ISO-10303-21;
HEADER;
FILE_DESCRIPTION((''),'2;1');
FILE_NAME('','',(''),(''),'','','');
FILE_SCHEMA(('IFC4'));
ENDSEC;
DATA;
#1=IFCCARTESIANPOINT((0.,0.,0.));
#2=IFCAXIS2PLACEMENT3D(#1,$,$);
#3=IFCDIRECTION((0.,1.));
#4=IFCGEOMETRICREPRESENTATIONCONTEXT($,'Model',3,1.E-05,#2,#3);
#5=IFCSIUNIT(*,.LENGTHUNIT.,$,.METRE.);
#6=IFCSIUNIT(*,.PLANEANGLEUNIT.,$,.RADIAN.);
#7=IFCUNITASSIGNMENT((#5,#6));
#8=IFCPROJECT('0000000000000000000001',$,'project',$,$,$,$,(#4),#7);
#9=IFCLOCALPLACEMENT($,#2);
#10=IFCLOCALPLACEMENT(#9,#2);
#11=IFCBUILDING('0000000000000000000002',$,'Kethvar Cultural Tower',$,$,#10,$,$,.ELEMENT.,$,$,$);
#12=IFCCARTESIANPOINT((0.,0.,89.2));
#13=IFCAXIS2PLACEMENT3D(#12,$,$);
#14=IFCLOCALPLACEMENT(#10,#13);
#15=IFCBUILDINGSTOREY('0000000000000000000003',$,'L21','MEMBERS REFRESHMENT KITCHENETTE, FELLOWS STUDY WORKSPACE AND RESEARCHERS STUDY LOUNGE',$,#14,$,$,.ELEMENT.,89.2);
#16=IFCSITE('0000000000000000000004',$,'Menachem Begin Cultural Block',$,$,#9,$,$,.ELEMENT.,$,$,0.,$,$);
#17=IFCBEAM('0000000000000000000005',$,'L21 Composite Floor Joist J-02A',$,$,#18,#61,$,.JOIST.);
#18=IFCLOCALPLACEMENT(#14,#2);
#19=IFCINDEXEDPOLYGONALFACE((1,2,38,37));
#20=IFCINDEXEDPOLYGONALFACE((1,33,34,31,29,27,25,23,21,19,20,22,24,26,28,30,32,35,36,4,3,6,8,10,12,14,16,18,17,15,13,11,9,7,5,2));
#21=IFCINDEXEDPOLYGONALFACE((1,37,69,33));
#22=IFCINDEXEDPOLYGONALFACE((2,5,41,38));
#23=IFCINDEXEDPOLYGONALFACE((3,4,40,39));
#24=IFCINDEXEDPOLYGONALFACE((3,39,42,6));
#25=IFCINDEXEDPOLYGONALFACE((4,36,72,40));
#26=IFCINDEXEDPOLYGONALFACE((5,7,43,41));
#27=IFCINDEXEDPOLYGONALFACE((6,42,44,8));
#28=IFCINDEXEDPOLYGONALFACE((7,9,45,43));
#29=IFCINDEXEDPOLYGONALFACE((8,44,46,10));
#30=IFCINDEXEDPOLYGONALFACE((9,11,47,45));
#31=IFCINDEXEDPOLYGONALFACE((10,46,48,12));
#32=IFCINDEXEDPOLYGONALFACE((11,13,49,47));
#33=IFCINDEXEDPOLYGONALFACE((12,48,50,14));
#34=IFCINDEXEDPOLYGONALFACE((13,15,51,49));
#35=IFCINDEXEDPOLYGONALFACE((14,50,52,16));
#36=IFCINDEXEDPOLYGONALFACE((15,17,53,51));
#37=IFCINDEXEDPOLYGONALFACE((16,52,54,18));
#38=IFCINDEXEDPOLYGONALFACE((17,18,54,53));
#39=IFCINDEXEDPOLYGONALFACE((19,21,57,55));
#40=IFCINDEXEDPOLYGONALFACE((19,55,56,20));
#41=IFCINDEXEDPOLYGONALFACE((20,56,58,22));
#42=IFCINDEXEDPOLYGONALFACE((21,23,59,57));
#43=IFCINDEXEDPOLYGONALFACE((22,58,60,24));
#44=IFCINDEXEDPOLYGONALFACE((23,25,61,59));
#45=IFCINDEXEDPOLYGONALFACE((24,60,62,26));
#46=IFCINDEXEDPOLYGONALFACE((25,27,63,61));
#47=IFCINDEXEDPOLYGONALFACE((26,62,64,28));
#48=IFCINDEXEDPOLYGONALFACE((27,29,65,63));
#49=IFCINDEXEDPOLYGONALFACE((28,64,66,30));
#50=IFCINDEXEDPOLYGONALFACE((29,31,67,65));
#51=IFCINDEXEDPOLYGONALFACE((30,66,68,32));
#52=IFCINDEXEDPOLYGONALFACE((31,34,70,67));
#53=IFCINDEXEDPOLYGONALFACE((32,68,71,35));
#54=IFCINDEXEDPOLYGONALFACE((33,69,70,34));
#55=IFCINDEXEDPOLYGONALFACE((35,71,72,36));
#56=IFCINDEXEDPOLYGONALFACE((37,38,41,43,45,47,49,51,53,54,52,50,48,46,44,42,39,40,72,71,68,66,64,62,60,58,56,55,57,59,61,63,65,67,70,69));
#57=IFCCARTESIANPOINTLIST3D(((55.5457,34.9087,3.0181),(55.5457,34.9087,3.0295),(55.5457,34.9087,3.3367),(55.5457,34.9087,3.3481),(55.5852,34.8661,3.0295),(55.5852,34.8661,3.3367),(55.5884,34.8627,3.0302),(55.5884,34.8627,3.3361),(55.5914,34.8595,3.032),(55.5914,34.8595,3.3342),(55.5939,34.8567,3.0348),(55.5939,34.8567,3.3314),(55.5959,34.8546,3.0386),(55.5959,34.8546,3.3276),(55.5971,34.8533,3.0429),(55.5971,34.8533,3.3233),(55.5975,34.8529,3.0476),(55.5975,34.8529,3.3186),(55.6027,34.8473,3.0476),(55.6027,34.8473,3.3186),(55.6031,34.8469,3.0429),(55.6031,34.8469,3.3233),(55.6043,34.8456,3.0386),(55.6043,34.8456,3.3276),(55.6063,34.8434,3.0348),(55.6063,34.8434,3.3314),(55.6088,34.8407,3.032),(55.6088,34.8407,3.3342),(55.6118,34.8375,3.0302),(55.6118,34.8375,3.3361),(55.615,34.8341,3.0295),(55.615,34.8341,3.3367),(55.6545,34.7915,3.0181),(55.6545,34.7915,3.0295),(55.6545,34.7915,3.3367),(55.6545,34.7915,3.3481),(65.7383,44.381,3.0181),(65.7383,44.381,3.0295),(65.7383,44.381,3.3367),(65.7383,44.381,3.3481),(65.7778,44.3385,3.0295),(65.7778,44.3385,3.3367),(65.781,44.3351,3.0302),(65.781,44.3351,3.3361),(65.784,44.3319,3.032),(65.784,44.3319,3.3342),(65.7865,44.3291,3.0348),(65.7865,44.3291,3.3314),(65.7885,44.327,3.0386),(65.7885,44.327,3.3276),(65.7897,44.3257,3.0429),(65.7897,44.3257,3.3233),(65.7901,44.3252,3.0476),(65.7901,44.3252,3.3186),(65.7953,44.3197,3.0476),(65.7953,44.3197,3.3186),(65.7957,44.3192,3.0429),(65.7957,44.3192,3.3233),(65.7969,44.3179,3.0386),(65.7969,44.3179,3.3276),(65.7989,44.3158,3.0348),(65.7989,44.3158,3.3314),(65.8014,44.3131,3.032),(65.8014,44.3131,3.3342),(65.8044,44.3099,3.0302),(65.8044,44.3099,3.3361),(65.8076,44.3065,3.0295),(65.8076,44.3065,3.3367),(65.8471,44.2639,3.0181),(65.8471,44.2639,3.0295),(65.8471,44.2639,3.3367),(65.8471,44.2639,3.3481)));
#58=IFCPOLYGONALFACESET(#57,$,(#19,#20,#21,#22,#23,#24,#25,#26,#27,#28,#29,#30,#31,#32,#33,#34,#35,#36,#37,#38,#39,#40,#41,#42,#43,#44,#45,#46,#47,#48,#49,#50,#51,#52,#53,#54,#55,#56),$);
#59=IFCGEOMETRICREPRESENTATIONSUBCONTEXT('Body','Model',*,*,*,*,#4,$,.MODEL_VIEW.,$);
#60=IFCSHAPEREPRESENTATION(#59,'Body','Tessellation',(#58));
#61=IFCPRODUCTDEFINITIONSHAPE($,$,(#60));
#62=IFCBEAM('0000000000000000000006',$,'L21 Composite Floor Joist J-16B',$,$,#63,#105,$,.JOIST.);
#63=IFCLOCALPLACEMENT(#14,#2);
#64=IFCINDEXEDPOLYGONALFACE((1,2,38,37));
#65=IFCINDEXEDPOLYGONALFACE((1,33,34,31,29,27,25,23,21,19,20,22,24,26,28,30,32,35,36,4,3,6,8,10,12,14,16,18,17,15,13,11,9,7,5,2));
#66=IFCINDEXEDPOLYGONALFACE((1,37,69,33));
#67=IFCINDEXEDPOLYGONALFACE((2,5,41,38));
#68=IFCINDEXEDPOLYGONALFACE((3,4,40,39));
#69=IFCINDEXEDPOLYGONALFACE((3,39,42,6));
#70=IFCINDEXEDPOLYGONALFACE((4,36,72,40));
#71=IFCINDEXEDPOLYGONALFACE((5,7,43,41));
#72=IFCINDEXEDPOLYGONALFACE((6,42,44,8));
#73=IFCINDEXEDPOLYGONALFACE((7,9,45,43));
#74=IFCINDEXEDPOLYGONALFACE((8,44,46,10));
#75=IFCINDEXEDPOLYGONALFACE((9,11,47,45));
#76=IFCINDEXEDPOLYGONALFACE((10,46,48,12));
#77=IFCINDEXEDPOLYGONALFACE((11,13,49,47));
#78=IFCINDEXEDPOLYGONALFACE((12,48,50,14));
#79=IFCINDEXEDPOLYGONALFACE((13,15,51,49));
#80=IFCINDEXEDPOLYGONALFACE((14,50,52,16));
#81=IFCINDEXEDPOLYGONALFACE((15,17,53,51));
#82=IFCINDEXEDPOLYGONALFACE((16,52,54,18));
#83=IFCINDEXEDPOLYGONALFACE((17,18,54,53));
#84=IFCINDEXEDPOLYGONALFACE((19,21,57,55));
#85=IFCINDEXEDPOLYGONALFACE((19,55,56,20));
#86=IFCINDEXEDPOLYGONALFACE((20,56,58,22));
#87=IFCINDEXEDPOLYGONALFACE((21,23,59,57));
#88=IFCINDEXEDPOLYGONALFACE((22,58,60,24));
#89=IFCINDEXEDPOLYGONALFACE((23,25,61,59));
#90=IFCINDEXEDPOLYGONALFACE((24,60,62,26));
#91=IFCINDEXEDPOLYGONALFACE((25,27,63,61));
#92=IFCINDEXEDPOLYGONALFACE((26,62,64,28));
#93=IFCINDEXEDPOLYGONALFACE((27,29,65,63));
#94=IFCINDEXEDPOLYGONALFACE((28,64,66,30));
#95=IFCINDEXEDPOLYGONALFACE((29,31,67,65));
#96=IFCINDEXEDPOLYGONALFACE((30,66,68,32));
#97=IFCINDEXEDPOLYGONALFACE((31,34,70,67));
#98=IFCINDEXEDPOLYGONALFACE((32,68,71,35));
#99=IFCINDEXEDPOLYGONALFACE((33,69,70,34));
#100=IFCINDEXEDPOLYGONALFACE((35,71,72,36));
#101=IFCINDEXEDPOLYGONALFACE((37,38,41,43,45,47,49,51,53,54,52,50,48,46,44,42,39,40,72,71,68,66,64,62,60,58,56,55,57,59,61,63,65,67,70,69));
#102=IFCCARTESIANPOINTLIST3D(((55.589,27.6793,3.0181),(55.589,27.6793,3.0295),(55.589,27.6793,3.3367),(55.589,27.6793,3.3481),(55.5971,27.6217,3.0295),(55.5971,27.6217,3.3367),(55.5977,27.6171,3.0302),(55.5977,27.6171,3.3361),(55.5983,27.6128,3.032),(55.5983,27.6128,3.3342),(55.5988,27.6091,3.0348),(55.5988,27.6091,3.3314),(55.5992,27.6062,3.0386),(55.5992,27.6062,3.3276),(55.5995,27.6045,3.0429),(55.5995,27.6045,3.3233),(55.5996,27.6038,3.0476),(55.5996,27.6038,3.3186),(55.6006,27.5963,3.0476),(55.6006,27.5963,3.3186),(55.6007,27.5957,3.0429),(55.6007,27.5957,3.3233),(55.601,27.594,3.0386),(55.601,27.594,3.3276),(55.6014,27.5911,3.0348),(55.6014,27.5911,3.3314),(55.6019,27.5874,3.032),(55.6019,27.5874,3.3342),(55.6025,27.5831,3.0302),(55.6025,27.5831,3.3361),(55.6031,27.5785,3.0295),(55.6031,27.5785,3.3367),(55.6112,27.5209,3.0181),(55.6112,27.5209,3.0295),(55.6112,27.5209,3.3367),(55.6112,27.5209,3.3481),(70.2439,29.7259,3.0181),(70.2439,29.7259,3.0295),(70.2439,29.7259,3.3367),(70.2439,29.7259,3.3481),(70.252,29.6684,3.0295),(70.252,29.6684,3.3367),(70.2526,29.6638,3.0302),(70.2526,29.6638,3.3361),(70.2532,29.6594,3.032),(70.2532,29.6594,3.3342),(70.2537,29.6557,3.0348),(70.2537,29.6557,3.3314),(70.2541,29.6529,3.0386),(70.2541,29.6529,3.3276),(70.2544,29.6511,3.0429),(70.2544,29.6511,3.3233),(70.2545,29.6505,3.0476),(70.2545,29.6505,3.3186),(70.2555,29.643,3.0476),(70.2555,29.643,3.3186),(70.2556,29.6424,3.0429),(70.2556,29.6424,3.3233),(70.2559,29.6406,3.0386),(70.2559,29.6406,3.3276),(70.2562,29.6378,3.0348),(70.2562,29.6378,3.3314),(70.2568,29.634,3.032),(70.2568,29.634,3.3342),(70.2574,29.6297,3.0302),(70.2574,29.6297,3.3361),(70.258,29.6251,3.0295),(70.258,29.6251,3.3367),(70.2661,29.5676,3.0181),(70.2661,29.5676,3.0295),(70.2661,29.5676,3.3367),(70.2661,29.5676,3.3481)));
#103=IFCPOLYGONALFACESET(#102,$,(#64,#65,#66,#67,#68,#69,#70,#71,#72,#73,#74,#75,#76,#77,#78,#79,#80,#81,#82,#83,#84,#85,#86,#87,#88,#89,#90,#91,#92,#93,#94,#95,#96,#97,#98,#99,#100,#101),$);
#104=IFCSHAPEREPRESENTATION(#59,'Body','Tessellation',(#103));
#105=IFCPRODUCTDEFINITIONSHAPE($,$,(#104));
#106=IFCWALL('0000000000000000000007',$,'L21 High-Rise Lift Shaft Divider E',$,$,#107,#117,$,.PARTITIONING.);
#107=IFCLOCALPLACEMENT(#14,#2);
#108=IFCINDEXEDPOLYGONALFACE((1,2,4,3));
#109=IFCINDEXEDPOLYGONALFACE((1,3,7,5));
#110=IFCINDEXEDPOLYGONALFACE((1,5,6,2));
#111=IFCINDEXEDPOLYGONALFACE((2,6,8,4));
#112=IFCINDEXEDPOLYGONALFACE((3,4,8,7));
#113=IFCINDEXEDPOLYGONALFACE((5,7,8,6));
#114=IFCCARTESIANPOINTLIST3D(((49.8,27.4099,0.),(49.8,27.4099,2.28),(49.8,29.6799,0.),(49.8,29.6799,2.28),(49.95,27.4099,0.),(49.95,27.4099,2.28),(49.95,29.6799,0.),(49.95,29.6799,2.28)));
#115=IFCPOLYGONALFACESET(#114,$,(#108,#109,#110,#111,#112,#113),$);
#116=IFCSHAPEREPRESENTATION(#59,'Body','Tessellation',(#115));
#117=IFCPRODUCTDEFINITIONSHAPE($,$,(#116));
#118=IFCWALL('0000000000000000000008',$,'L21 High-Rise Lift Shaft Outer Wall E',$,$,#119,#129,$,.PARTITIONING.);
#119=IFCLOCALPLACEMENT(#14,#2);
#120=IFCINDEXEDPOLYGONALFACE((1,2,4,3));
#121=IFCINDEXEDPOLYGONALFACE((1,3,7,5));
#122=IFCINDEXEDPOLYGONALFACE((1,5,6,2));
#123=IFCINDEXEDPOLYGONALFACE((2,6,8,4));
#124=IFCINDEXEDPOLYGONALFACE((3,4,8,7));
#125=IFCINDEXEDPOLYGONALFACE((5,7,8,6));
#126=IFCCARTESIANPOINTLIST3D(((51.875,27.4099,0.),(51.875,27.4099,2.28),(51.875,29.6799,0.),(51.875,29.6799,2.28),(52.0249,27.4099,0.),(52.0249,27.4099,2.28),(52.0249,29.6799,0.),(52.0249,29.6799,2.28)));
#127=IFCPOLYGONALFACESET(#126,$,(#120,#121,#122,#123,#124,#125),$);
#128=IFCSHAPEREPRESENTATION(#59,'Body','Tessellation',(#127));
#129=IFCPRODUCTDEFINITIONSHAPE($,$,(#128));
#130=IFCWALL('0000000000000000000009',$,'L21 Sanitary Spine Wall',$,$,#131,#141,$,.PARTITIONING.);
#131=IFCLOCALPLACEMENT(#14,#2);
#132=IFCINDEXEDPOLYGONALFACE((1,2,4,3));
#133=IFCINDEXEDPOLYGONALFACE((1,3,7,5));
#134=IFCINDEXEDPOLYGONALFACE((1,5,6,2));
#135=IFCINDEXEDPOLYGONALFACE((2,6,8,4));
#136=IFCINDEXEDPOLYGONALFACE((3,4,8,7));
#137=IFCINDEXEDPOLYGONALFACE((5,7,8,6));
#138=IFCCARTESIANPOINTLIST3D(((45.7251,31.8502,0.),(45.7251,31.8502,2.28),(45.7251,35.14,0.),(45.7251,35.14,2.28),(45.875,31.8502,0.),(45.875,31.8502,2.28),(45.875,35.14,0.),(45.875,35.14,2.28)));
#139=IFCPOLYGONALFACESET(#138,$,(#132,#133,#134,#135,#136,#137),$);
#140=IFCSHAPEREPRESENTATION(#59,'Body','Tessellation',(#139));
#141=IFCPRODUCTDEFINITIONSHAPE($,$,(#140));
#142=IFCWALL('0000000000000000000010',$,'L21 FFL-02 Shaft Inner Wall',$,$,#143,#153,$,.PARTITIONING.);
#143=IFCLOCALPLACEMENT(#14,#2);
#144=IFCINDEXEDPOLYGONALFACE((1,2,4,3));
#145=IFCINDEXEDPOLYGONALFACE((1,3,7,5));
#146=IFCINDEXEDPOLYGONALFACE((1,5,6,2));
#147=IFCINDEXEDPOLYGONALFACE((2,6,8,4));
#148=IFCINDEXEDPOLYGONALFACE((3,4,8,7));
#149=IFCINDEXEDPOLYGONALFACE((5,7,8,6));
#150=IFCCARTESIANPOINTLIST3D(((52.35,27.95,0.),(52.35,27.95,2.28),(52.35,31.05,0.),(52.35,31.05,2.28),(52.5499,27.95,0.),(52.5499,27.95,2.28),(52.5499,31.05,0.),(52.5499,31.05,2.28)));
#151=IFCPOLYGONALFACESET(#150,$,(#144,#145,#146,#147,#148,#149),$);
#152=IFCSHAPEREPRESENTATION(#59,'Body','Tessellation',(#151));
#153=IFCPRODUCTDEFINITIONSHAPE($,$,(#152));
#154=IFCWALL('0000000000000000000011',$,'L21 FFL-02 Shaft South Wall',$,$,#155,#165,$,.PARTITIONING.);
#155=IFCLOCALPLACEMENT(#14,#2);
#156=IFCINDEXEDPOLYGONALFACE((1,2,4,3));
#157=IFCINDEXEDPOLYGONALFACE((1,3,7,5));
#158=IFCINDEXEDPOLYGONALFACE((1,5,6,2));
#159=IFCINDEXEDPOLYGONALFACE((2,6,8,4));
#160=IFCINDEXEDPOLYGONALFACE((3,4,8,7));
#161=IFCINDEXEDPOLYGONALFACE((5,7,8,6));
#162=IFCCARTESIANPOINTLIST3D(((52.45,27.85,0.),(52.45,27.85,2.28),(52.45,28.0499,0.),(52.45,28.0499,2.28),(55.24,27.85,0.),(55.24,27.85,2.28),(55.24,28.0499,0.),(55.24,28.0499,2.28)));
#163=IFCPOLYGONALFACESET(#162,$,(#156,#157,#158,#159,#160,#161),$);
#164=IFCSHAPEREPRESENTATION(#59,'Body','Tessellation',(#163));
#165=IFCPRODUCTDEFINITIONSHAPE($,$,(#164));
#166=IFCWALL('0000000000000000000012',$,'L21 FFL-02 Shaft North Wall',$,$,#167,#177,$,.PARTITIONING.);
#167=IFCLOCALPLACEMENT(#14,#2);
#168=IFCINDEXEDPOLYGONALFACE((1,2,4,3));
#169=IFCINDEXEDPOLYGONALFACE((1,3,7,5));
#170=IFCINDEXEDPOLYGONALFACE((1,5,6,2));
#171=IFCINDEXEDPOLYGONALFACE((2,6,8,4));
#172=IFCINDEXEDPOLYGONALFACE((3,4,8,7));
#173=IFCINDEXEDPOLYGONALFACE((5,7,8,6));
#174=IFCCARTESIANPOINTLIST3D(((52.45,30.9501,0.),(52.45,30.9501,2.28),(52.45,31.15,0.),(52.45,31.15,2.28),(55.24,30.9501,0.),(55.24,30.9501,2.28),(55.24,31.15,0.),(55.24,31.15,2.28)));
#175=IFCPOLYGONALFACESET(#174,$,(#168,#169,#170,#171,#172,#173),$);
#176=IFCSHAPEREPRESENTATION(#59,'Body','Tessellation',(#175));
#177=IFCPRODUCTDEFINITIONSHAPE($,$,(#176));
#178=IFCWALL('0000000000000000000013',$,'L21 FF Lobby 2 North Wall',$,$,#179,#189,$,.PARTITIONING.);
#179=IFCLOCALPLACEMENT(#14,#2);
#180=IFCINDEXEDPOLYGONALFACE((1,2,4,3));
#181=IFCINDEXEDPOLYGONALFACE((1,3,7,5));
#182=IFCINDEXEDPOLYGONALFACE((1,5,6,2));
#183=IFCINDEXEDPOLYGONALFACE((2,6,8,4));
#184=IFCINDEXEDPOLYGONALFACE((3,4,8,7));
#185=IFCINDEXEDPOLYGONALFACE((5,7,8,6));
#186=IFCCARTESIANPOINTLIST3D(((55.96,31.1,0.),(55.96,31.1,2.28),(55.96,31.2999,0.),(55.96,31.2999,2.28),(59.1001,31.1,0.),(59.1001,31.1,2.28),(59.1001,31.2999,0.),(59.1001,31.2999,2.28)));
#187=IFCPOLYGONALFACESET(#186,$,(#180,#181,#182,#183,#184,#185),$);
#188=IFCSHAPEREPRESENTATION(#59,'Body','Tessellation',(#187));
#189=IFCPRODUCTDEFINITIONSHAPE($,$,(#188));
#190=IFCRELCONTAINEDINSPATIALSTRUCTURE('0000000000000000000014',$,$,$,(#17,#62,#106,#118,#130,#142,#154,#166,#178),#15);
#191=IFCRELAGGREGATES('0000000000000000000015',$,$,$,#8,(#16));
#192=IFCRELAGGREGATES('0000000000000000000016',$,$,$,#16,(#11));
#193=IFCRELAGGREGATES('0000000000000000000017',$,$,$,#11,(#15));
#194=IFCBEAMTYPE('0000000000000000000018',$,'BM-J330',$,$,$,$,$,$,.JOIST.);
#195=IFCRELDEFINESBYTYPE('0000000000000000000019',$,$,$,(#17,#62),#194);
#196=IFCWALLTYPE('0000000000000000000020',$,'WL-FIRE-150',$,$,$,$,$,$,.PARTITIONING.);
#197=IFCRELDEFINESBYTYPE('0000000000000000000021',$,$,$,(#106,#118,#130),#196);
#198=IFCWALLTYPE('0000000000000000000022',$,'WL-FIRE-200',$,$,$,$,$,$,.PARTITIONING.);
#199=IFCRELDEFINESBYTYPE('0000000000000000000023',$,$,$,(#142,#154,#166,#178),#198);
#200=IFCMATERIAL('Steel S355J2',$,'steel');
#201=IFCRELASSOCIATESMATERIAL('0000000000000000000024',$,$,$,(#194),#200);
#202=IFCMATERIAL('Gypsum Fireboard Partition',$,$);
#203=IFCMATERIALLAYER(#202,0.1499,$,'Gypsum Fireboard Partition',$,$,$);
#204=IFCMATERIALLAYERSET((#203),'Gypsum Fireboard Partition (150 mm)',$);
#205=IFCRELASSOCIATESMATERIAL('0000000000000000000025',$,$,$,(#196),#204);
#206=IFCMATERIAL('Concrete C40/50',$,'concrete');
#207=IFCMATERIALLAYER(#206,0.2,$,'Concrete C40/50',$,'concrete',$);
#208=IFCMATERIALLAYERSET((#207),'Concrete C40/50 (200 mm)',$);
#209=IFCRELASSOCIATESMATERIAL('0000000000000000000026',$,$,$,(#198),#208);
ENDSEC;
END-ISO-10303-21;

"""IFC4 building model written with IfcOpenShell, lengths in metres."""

from ifc_helpers import new_model, si_unit, direction, frame, frame_2d, origin, origin_2d, place, context, subcontext, project, spatial, rectangle, i_section, extrude, source, transform, mapped, material, layer, layer_set, material_profile, profile_set, type_object, element, save


model = new_model("IFC4")

# Units and contexts
model_context = context("Model", 3, precision=1e-05, world=origin(), true_north=direction((0.0, 1.0)))
body_context = subcontext(model_context, "Body", "Model", "MODEL_VIEW")
ifc_project = project(units=[si_unit("LENGTHUNIT", "METRE"), si_unit("PLANEANGLEUNIT", "RADIAN")], contexts=[model_context])

# Site, building, storey
site_placement = place(None, origin())
site = spatial("IfcSite", under=ifc_project, at=site_placement, Name="Menachem Begin Cultural Block", CompositionType="ELEMENT", RefElevation=0.0)
building_placement = place(site_placement, origin())
building = spatial("IfcBuilding", under=site, at=building_placement, Name="Kethvar Cultural Tower", CompositionType="ELEMENT")
storey_placement = place(building_placement, frame((0.0, 0.0, 89.2)))
storey = spatial("IfcBuildingStorey", under=building, at=storey_placement, Name="L21", Description="MEMBERS REFRESHMENT KITCHENETTE, FELLOWS STUDY WORKSPACE AND RESEARCHERS STUDY LOUNGE", CompositionType="ELEMENT", Elevation=89.2)

# Beams
ifc_material_1 = material(Name="Steel S355J2", Category="steel")
ifc_material_profile_1 = material_profile(ifc_material_1, i_section(OverallWidth=0.1599, OverallDepth=0.3301, WebThickness=0.0076, FlangeThickness=0.0115, FilletRadius=0.0181, at=origin_2d()), Name="Steel S355J2 — IPE330")
ifc_profile_set_1 = profile_set([ifc_material_profile_1], Name="Steel S355J2 — IPE330")
beam_type_1 = type_object("IfcBeamType", Name="BM-J330", PredefinedType="JOIST", material=ifc_profile_set_1)
shared_shape_1 = source(origin(), body_context, "Body", "SweptSolid", [
    extrude(i_section(OverallWidth=0.1599, OverallDepth=0.3301, WebThickness=0.0076, FlangeThickness=0.0115, FilletRadius=0.0181, at=origin_2d()), origin(), (0.0, 0.0, 1.0), 13.9146),
])
beam_1_placement = place(storey_placement, frame((55.6001, 34.8501, 3.1831), z_axis=(0.732513, 0.680753, 0.0), x_axis=(-0.680753, 0.732513, 0.0)))
element("IfcBeam", 1, at=beam_1_placement, inside=storey, type_object=beam_type_1, Name="L21 Composite Floor Joist J-02A", PredefinedType="JOIST", context=body_context, shape_type="MappedRepresentation", body=[
    mapped(shared_shape_1, transform((0.0, 0.0, 0.0), scale=1.0)),
])
shared_shape_2 = source(origin(), body_context, "Body", "SweptSolid", [
    extrude(i_section(OverallWidth=0.1599, OverallDepth=0.3301, WebThickness=0.0076, FlangeThickness=0.0115, FilletRadius=0.0181, at=origin_2d()), origin(), (0.0, 0.0, 1.0), 14.7971),
])
beam_2_placement = place(storey_placement, frame((55.6001, 27.6001, 3.1831), z_axis=(0.990388, 0.138314, 0.0), x_axis=(-0.138314, 0.990388, 0.0)))
element("IfcBeam", 2, at=beam_2_placement, inside=storey, type_object=beam_type_1, Name="L21 Composite Floor Joist J-16B", PredefinedType="JOIST", context=body_context, shape_type="MappedRepresentation", body=[
    mapped(shared_shape_2, transform((0.0, 0.0, 0.0), scale=1.0)),
])

# Walls
ifc_material_2 = material(Name="Gypsum Fireboard Partition")
ifc_layer_1 = layer(ifc_material_2, 0.1499, Name="Gypsum Fireboard Partition")
ifc_layer_set_1 = layer_set([ifc_layer_1], Name="Gypsum Fireboard Partition (150 mm)")
wall_type_1 = type_object("IfcWallType", Name="WL-FIRE-150", PredefinedType="PARTITIONING", material=ifc_layer_set_1)
for number, where, z_axis, x_axis, name in (
    (3, (49.875, 27.4099, 0.0), (0.0, 0.0, 1.0), (0.0, 1.0, 0.0), "L21 High-Rise Lift Shaft Divider E"),
    (4, (51.95, 27.4099, 0.0), (0.0, 0.0, 1.0), (0.0, 1.0, 0.0), "L21 High-Rise Lift Shaft Outer Wall E"),
):
    element("IfcWall", number, at=place(storey_placement, frame(where, z_axis=z_axis, x_axis=x_axis)), inside=storey, type_object=wall_type_1, Name=name, PredefinedType="PARTITIONING", context=body_context, shape_type="SweptSolid", body=[
        extrude(rectangle(XDim=2.27, YDim=0.1499, at=frame_2d((1.135, 0.0))), origin(), (0.0, 0.0, 1.0), 2.28),
    ])
wall_1_placement = place(storey_placement, frame((45.8, 31.8501, 0.0), z_axis=(0.0, 0.0, 1.0), x_axis=(0.0, 1.0, 0.0)))
element("IfcWall", 5, at=wall_1_placement, inside=storey, type_object=wall_type_1, Name="L21 Sanitary Spine Wall", PredefinedType="PARTITIONING", context=body_context, shape_type="SweptSolid", body=[
    extrude(rectangle(XDim=3.2898, YDim=0.1499, at=frame_2d((1.645, 0.0))), origin(), (0.0, 0.0, 1.0), 2.28),
])
ifc_material_3 = material(Name="Concrete C40/50", Category="concrete")
ifc_layer_2 = layer(ifc_material_3, 0.2, Name="Concrete C40/50", Category="concrete")
ifc_layer_set_2 = layer_set([ifc_layer_2], Name="Concrete C40/50 (200 mm)")
wall_type_2 = type_object("IfcWallType", Name="WL-FIRE-200", PredefinedType="PARTITIONING", material=ifc_layer_set_2)
wall_2_placement = place(storey_placement, frame((52.45, 27.95, 0.0), z_axis=(0.0, 0.0, 1.0), x_axis=(0.0, 1.0, 0.0)))
element("IfcWall", 6, at=wall_2_placement, inside=storey, type_object=wall_type_2, Name="L21 FFL-02 Shaft Inner Wall", PredefinedType="PARTITIONING", context=body_context, shape_type="SweptSolid", body=[
    extrude(rectangle(XDim=3.1001, YDim=0.2, at=frame_2d((1.55, 0.0))), origin(), (0.0, 0.0, 1.0), 2.28),
])
for number, where, z_axis, x_axis, name in (
    (7, (52.45, 27.95, 0.0), (0.0, 0.0, 1.0), (1.0, 0.0, 0.0), "L21 FFL-02 Shaft South Wall"),
    (8, (52.45, 31.05, 0.0), (0.0, 0.0, 1.0), (1.0, 0.0, 0.0), "L21 FFL-02 Shaft North Wall"),
):
    element("IfcWall", number, at=place(storey_placement, frame(where, z_axis=z_axis, x_axis=x_axis)), inside=storey, type_object=wall_type_2, Name=name, PredefinedType="PARTITIONING", context=body_context, shape_type="SweptSolid", body=[
        extrude(rectangle(XDim=2.79, YDim=0.2, at=frame_2d((1.395, 0.0))), origin(), (0.0, 0.0, 1.0), 2.28),
    ])
wall_3_placement = place(storey_placement, frame((55.96, 31.2, 0.0), z_axis=(0.0, 0.0, 1.0), x_axis=(1.0, 0.0, 0.0)))
element("IfcWall", 9, at=wall_3_placement, inside=storey, type_object=wall_type_2, Name="L21 FF Lobby 2 North Wall", PredefinedType="PARTITIONING", context=body_context, shape_type="SweptSolid", body=[
    extrude(rectangle(XDim=3.1401, YDim=0.2, at=frame_2d((1.5701, 0.0))), origin(), (0.0, 0.0, 1.0), 2.28),
])

save(model, "model.ifc")
